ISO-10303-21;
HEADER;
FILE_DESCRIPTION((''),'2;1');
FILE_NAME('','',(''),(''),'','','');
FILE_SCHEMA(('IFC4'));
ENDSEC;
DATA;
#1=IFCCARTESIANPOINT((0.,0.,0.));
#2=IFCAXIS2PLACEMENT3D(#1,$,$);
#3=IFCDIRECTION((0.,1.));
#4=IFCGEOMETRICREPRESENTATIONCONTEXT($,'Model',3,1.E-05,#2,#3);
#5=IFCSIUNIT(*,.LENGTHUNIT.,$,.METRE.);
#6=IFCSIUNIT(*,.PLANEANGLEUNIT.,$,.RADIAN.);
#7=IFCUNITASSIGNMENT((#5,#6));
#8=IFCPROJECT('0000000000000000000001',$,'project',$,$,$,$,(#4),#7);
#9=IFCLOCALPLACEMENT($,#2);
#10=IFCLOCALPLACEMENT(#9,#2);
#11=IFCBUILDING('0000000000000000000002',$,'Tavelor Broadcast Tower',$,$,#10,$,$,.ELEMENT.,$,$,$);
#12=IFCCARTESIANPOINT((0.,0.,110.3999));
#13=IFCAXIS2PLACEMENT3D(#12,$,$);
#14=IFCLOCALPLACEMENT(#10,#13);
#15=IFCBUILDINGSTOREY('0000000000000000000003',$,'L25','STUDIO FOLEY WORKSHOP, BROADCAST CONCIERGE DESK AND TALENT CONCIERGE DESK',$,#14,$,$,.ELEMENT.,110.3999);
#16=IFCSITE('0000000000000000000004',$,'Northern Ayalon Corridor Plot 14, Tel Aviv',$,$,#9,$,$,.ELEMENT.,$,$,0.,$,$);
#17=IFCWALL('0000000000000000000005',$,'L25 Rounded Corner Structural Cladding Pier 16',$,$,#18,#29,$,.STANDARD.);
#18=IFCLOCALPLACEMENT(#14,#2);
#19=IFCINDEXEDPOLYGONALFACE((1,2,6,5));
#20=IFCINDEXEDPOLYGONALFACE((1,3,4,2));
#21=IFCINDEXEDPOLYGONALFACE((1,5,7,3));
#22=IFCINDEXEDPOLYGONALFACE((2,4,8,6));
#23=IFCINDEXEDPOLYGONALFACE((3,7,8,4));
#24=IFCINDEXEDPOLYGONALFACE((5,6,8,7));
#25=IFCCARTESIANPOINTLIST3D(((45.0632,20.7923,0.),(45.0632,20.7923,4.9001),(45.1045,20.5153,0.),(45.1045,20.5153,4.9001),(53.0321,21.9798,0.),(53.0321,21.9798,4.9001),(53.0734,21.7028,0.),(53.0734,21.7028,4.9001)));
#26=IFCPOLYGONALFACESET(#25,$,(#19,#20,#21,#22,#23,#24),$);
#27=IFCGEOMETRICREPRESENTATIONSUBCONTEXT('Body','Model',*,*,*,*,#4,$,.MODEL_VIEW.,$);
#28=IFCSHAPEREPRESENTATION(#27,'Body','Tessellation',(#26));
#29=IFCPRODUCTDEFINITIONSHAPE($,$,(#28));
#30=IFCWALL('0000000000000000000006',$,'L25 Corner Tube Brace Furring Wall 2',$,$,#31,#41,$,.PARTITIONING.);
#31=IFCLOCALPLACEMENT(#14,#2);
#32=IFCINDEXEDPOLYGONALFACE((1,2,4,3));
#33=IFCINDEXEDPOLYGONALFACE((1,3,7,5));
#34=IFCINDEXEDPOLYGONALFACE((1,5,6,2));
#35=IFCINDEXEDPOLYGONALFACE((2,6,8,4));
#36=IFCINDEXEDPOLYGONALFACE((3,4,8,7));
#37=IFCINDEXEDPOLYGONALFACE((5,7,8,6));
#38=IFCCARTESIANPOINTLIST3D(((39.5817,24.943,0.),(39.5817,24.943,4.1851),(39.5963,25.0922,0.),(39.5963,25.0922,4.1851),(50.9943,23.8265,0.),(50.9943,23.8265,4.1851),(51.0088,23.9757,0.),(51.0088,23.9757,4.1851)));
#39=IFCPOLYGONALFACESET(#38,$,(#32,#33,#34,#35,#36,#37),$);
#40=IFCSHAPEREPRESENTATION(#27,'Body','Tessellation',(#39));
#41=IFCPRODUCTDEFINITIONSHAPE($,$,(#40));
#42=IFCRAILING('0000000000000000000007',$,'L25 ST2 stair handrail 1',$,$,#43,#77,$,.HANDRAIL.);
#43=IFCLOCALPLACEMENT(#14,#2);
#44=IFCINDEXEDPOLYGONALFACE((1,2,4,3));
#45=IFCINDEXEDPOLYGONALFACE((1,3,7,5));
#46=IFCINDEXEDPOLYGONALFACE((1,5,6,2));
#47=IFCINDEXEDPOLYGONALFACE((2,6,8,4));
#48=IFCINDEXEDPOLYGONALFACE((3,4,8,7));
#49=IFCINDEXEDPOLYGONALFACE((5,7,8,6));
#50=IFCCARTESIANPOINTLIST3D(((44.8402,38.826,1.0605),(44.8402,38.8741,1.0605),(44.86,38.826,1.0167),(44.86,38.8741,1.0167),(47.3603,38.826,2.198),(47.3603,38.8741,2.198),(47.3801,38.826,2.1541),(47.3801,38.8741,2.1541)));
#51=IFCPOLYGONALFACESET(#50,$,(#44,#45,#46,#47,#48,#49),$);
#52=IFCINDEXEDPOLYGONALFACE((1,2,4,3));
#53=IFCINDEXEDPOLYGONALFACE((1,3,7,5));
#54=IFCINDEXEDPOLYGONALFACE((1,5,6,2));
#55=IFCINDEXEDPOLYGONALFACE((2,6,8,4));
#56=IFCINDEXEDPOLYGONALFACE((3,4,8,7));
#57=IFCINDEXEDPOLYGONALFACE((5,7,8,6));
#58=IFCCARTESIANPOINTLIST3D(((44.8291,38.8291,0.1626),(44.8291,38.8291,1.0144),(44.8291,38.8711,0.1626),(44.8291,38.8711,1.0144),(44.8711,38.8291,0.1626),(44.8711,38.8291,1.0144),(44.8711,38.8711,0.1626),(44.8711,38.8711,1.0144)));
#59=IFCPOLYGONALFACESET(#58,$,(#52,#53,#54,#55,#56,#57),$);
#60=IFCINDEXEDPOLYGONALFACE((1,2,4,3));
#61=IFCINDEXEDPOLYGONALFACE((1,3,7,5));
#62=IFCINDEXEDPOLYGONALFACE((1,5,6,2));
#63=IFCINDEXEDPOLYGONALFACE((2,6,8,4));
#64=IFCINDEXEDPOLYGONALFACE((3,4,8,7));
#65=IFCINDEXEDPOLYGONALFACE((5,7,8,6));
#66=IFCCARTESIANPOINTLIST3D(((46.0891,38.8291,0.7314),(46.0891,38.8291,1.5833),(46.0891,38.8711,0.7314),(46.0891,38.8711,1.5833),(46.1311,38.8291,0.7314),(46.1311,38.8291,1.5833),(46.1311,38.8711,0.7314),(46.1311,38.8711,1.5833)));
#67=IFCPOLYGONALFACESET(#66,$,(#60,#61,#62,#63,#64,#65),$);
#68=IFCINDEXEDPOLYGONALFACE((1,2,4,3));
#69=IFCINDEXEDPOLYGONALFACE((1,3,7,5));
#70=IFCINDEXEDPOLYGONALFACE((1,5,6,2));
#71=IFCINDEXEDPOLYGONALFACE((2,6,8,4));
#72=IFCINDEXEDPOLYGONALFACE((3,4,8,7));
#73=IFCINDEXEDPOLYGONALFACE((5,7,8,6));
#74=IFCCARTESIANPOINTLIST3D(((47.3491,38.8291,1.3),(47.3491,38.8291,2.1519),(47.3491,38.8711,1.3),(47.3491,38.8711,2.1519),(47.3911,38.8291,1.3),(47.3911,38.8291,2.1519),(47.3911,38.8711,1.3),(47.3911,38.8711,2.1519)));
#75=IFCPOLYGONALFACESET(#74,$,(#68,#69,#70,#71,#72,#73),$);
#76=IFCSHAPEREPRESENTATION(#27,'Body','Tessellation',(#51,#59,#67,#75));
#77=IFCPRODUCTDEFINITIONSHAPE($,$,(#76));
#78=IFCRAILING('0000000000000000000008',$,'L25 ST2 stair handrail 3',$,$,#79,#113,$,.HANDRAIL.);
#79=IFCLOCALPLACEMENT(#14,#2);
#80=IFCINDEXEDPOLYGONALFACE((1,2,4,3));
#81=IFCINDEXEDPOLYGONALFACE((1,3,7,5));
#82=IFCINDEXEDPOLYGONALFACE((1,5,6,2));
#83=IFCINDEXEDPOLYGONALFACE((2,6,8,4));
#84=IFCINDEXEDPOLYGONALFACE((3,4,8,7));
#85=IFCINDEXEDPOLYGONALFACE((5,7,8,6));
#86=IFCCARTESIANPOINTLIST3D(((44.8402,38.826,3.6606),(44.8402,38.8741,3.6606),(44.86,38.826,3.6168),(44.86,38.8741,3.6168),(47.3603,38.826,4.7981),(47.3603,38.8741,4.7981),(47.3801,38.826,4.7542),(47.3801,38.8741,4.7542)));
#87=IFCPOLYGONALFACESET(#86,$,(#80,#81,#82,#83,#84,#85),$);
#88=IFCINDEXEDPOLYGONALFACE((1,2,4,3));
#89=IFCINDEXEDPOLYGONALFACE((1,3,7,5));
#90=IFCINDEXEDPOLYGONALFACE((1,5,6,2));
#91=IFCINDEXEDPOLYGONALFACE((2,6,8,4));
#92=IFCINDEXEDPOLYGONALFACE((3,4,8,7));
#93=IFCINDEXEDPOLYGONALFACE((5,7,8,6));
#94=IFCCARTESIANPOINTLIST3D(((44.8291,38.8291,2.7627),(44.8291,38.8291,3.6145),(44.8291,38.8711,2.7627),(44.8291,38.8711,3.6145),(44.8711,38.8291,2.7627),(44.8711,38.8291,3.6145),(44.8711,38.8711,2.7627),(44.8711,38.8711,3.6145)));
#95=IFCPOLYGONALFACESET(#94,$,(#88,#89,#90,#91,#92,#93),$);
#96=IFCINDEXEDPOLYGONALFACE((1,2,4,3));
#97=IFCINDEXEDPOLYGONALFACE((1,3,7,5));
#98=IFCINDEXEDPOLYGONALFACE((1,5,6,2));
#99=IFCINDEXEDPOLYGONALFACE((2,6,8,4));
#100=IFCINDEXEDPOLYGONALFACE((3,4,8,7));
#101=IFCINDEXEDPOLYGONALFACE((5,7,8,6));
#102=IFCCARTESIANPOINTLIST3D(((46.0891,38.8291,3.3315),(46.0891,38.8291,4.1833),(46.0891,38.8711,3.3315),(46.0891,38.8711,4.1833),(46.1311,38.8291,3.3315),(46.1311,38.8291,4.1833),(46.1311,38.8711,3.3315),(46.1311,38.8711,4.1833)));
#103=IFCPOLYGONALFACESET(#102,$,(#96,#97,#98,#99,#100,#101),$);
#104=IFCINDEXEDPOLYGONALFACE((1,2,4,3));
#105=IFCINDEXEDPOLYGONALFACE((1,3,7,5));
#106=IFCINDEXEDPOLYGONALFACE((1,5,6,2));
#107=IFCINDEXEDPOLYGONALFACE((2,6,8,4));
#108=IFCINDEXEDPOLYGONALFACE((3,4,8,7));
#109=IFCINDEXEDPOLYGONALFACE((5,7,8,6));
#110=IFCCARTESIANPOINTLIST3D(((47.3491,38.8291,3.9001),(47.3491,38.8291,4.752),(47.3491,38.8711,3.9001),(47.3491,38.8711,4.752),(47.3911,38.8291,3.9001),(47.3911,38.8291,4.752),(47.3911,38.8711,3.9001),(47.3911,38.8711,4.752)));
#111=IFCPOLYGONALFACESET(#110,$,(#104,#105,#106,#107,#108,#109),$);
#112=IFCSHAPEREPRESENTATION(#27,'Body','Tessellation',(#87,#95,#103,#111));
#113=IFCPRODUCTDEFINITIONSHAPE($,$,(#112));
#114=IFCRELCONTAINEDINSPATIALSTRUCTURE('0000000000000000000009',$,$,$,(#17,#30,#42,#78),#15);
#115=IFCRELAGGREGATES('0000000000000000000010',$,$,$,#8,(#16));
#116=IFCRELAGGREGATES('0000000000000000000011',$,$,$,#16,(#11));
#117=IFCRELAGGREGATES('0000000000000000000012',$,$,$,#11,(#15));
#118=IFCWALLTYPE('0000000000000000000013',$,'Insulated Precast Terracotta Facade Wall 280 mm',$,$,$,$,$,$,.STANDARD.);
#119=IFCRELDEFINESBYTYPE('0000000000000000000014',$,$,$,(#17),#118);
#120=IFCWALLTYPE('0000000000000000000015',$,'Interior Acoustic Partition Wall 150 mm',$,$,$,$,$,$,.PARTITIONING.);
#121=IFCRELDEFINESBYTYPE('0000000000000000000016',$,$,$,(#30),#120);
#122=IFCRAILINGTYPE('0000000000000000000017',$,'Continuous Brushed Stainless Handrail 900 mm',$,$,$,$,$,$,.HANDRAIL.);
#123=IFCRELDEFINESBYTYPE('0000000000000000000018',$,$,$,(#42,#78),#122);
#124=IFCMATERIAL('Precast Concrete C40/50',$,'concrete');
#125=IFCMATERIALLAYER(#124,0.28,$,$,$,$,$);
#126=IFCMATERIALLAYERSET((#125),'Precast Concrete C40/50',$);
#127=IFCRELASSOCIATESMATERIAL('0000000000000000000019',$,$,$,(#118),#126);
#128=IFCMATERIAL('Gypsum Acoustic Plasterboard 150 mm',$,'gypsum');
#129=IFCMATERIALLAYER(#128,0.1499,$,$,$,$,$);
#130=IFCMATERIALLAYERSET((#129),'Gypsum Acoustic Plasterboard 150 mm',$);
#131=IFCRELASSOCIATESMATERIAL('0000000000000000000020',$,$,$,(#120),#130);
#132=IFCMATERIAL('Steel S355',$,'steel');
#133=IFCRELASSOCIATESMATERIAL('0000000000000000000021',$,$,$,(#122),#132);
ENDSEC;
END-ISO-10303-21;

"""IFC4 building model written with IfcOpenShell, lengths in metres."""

from ifc_helpers import new_model, si_unit, direction, frame, frame_2d, origin, origin_2d, place, context, subcontext, project, spatial, rectangle, extrude, material, layer, layer_set, type_object, element, save


model = new_model("IFC4")

# Units and contexts
model_context = context("Model", 3, precision=1e-05, world=origin(), true_north=direction((0.0, 1.0)))
body_context = subcontext(model_context, "Body", "Model", "MODEL_VIEW")
ifc_project = project(units=[si_unit("LENGTHUNIT", "METRE"), si_unit("PLANEANGLEUNIT", "RADIAN")], contexts=[model_context])

# Site, building, storey
site_placement = place(None, origin())
site = spatial("IfcSite", under=ifc_project, at=site_placement, Name="Northern Ayalon Corridor Plot 14, Tel Aviv", CompositionType="ELEMENT", RefElevation=0.0)
building_placement = place(site_placement, origin())
building = spatial("IfcBuilding", under=site, at=building_placement, Name="Tavelor Broadcast Tower", CompositionType="ELEMENT")
storey_placement = place(building_placement, frame((0.0, 0.0, 110.3999)))
storey = spatial("IfcBuildingStorey", under=building, at=storey_placement, Name="L25", Description="STUDIO FOLEY WORKSHOP, BROADCAST CONCIERGE DESK AND TALENT CONCIERGE DESK", CompositionType="ELEMENT", Elevation=110.3999)

# Shared definitions
ifc_material_1 = material(Name="Steel S355", Category="steel")

# Walls
ifc_material_2 = material(Name="Precast Concrete C40/50", Category="concrete")
ifc_layer_1 = layer(ifc_material_2, 0.28)
ifc_layer_set_1 = layer_set([ifc_layer_1], Name="Precast Concrete C40/50")
wall_type_1 = type_object("IfcWallType", Name="Insulated Precast Terracotta Facade Wall 280 mm", PredefinedType="STANDARD", material=ifc_layer_set_1)
wall_1_placement = place(storey_placement, frame((45.084, 20.6538, 0.0), z_axis=(0.0, 0.0, 1.0), x_axis=(0.989079, 0.147388, 0.0)))
element("IfcWall", 1, at=wall_1_placement, inside=storey, type_object=wall_type_1, Name="L25 Rounded Corner Structural Cladding Pier 16", PredefinedType="STANDARD", context=body_context, shape_type="SweptSolid", body=[
    extrude(rectangle(XDim=8.0569, YDim=0.28, at=frame_2d((4.0283, 0.0))), origin(), (0.0, 0.0, 1.0), 4.9001),
])
ifc_material_3 = material(Name="Gypsum Acoustic Plasterboard 150 mm", Category="gypsum")
ifc_layer_2 = layer(ifc_material_3, 0.1499)
ifc_layer_set_2 = layer_set([ifc_layer_2], Name="Gypsum Acoustic Plasterboard 150 mm")
wall_type_2 = type_object("IfcWallType", Name="Interior Acoustic Partition Wall 150 mm", PredefinedType="PARTITIONING", material=ifc_layer_set_2)
wall_2_placement = place(storey_placement, frame((39.5891, 25.0176, 0.0), z_axis=(0.0, 0.0, 1.0), x_axis=(0.995249, -0.097362, 0.0)))
element("IfcWall", 2, at=wall_2_placement, inside=storey, type_object=wall_type_2, Name="L25 Corner Tube Brace Furring Wall 2", PredefinedType="PARTITIONING", context=body_context, shape_type="SweptSolid", body=[
    extrude(rectangle(XDim=11.467, YDim=0.1499, at=frame_2d((5.7334, 0.0))), origin(), (0.0, 0.0, 1.0), 4.1851),
])

# Railings
railing_type = type_object("IfcRailingType", Name="Continuous Brushed Stainless Handrail 900 mm", PredefinedType="HANDRAIL", material=ifc_material_1)
for number, where, name in (
    (3, (44.8501, 38.8501, 0.1626), "L25 ST2 stair handrail 1"),
    (4, (44.8501, 38.8501, 2.7627), "L25 ST2 stair handrail 3"),
):
    element("IfcRailing", number, at=place(storey_placement, frame(where)), inside=storey, type_object=railing_type, Name=name, PredefinedType="HANDRAIL", context=body_context, shape_type="SweptSolid", body=[
        extrude(rectangle(XDim=0.0481, YDim=0.0481, at=origin_2d()), frame((0.0, 0.0, 0.876), z_axis=(0.911455, 0.0, 0.4114), x_axis=(0.0, 1.0, 0.0)), (0.0, 0.0, 1.0), 2.7649),
        extrude(rectangle(XDim=0.042, YDim=0.042, at=origin_2d()), origin(), (0.0, 0.0, 1.0), 0.8518),
        extrude(rectangle(XDim=0.042, YDim=0.042, at=origin_2d()), frame((1.26, 0.0, 0.5688)), (0.0, 0.0, 1.0), 0.8518),
        extrude(rectangle(XDim=0.042, YDim=0.042, at=origin_2d()), frame((2.52, 0.0, 1.1375)), (0.0, 0.0, 1.0), 0.8518),
    ])

save(model, "model.ifc")
